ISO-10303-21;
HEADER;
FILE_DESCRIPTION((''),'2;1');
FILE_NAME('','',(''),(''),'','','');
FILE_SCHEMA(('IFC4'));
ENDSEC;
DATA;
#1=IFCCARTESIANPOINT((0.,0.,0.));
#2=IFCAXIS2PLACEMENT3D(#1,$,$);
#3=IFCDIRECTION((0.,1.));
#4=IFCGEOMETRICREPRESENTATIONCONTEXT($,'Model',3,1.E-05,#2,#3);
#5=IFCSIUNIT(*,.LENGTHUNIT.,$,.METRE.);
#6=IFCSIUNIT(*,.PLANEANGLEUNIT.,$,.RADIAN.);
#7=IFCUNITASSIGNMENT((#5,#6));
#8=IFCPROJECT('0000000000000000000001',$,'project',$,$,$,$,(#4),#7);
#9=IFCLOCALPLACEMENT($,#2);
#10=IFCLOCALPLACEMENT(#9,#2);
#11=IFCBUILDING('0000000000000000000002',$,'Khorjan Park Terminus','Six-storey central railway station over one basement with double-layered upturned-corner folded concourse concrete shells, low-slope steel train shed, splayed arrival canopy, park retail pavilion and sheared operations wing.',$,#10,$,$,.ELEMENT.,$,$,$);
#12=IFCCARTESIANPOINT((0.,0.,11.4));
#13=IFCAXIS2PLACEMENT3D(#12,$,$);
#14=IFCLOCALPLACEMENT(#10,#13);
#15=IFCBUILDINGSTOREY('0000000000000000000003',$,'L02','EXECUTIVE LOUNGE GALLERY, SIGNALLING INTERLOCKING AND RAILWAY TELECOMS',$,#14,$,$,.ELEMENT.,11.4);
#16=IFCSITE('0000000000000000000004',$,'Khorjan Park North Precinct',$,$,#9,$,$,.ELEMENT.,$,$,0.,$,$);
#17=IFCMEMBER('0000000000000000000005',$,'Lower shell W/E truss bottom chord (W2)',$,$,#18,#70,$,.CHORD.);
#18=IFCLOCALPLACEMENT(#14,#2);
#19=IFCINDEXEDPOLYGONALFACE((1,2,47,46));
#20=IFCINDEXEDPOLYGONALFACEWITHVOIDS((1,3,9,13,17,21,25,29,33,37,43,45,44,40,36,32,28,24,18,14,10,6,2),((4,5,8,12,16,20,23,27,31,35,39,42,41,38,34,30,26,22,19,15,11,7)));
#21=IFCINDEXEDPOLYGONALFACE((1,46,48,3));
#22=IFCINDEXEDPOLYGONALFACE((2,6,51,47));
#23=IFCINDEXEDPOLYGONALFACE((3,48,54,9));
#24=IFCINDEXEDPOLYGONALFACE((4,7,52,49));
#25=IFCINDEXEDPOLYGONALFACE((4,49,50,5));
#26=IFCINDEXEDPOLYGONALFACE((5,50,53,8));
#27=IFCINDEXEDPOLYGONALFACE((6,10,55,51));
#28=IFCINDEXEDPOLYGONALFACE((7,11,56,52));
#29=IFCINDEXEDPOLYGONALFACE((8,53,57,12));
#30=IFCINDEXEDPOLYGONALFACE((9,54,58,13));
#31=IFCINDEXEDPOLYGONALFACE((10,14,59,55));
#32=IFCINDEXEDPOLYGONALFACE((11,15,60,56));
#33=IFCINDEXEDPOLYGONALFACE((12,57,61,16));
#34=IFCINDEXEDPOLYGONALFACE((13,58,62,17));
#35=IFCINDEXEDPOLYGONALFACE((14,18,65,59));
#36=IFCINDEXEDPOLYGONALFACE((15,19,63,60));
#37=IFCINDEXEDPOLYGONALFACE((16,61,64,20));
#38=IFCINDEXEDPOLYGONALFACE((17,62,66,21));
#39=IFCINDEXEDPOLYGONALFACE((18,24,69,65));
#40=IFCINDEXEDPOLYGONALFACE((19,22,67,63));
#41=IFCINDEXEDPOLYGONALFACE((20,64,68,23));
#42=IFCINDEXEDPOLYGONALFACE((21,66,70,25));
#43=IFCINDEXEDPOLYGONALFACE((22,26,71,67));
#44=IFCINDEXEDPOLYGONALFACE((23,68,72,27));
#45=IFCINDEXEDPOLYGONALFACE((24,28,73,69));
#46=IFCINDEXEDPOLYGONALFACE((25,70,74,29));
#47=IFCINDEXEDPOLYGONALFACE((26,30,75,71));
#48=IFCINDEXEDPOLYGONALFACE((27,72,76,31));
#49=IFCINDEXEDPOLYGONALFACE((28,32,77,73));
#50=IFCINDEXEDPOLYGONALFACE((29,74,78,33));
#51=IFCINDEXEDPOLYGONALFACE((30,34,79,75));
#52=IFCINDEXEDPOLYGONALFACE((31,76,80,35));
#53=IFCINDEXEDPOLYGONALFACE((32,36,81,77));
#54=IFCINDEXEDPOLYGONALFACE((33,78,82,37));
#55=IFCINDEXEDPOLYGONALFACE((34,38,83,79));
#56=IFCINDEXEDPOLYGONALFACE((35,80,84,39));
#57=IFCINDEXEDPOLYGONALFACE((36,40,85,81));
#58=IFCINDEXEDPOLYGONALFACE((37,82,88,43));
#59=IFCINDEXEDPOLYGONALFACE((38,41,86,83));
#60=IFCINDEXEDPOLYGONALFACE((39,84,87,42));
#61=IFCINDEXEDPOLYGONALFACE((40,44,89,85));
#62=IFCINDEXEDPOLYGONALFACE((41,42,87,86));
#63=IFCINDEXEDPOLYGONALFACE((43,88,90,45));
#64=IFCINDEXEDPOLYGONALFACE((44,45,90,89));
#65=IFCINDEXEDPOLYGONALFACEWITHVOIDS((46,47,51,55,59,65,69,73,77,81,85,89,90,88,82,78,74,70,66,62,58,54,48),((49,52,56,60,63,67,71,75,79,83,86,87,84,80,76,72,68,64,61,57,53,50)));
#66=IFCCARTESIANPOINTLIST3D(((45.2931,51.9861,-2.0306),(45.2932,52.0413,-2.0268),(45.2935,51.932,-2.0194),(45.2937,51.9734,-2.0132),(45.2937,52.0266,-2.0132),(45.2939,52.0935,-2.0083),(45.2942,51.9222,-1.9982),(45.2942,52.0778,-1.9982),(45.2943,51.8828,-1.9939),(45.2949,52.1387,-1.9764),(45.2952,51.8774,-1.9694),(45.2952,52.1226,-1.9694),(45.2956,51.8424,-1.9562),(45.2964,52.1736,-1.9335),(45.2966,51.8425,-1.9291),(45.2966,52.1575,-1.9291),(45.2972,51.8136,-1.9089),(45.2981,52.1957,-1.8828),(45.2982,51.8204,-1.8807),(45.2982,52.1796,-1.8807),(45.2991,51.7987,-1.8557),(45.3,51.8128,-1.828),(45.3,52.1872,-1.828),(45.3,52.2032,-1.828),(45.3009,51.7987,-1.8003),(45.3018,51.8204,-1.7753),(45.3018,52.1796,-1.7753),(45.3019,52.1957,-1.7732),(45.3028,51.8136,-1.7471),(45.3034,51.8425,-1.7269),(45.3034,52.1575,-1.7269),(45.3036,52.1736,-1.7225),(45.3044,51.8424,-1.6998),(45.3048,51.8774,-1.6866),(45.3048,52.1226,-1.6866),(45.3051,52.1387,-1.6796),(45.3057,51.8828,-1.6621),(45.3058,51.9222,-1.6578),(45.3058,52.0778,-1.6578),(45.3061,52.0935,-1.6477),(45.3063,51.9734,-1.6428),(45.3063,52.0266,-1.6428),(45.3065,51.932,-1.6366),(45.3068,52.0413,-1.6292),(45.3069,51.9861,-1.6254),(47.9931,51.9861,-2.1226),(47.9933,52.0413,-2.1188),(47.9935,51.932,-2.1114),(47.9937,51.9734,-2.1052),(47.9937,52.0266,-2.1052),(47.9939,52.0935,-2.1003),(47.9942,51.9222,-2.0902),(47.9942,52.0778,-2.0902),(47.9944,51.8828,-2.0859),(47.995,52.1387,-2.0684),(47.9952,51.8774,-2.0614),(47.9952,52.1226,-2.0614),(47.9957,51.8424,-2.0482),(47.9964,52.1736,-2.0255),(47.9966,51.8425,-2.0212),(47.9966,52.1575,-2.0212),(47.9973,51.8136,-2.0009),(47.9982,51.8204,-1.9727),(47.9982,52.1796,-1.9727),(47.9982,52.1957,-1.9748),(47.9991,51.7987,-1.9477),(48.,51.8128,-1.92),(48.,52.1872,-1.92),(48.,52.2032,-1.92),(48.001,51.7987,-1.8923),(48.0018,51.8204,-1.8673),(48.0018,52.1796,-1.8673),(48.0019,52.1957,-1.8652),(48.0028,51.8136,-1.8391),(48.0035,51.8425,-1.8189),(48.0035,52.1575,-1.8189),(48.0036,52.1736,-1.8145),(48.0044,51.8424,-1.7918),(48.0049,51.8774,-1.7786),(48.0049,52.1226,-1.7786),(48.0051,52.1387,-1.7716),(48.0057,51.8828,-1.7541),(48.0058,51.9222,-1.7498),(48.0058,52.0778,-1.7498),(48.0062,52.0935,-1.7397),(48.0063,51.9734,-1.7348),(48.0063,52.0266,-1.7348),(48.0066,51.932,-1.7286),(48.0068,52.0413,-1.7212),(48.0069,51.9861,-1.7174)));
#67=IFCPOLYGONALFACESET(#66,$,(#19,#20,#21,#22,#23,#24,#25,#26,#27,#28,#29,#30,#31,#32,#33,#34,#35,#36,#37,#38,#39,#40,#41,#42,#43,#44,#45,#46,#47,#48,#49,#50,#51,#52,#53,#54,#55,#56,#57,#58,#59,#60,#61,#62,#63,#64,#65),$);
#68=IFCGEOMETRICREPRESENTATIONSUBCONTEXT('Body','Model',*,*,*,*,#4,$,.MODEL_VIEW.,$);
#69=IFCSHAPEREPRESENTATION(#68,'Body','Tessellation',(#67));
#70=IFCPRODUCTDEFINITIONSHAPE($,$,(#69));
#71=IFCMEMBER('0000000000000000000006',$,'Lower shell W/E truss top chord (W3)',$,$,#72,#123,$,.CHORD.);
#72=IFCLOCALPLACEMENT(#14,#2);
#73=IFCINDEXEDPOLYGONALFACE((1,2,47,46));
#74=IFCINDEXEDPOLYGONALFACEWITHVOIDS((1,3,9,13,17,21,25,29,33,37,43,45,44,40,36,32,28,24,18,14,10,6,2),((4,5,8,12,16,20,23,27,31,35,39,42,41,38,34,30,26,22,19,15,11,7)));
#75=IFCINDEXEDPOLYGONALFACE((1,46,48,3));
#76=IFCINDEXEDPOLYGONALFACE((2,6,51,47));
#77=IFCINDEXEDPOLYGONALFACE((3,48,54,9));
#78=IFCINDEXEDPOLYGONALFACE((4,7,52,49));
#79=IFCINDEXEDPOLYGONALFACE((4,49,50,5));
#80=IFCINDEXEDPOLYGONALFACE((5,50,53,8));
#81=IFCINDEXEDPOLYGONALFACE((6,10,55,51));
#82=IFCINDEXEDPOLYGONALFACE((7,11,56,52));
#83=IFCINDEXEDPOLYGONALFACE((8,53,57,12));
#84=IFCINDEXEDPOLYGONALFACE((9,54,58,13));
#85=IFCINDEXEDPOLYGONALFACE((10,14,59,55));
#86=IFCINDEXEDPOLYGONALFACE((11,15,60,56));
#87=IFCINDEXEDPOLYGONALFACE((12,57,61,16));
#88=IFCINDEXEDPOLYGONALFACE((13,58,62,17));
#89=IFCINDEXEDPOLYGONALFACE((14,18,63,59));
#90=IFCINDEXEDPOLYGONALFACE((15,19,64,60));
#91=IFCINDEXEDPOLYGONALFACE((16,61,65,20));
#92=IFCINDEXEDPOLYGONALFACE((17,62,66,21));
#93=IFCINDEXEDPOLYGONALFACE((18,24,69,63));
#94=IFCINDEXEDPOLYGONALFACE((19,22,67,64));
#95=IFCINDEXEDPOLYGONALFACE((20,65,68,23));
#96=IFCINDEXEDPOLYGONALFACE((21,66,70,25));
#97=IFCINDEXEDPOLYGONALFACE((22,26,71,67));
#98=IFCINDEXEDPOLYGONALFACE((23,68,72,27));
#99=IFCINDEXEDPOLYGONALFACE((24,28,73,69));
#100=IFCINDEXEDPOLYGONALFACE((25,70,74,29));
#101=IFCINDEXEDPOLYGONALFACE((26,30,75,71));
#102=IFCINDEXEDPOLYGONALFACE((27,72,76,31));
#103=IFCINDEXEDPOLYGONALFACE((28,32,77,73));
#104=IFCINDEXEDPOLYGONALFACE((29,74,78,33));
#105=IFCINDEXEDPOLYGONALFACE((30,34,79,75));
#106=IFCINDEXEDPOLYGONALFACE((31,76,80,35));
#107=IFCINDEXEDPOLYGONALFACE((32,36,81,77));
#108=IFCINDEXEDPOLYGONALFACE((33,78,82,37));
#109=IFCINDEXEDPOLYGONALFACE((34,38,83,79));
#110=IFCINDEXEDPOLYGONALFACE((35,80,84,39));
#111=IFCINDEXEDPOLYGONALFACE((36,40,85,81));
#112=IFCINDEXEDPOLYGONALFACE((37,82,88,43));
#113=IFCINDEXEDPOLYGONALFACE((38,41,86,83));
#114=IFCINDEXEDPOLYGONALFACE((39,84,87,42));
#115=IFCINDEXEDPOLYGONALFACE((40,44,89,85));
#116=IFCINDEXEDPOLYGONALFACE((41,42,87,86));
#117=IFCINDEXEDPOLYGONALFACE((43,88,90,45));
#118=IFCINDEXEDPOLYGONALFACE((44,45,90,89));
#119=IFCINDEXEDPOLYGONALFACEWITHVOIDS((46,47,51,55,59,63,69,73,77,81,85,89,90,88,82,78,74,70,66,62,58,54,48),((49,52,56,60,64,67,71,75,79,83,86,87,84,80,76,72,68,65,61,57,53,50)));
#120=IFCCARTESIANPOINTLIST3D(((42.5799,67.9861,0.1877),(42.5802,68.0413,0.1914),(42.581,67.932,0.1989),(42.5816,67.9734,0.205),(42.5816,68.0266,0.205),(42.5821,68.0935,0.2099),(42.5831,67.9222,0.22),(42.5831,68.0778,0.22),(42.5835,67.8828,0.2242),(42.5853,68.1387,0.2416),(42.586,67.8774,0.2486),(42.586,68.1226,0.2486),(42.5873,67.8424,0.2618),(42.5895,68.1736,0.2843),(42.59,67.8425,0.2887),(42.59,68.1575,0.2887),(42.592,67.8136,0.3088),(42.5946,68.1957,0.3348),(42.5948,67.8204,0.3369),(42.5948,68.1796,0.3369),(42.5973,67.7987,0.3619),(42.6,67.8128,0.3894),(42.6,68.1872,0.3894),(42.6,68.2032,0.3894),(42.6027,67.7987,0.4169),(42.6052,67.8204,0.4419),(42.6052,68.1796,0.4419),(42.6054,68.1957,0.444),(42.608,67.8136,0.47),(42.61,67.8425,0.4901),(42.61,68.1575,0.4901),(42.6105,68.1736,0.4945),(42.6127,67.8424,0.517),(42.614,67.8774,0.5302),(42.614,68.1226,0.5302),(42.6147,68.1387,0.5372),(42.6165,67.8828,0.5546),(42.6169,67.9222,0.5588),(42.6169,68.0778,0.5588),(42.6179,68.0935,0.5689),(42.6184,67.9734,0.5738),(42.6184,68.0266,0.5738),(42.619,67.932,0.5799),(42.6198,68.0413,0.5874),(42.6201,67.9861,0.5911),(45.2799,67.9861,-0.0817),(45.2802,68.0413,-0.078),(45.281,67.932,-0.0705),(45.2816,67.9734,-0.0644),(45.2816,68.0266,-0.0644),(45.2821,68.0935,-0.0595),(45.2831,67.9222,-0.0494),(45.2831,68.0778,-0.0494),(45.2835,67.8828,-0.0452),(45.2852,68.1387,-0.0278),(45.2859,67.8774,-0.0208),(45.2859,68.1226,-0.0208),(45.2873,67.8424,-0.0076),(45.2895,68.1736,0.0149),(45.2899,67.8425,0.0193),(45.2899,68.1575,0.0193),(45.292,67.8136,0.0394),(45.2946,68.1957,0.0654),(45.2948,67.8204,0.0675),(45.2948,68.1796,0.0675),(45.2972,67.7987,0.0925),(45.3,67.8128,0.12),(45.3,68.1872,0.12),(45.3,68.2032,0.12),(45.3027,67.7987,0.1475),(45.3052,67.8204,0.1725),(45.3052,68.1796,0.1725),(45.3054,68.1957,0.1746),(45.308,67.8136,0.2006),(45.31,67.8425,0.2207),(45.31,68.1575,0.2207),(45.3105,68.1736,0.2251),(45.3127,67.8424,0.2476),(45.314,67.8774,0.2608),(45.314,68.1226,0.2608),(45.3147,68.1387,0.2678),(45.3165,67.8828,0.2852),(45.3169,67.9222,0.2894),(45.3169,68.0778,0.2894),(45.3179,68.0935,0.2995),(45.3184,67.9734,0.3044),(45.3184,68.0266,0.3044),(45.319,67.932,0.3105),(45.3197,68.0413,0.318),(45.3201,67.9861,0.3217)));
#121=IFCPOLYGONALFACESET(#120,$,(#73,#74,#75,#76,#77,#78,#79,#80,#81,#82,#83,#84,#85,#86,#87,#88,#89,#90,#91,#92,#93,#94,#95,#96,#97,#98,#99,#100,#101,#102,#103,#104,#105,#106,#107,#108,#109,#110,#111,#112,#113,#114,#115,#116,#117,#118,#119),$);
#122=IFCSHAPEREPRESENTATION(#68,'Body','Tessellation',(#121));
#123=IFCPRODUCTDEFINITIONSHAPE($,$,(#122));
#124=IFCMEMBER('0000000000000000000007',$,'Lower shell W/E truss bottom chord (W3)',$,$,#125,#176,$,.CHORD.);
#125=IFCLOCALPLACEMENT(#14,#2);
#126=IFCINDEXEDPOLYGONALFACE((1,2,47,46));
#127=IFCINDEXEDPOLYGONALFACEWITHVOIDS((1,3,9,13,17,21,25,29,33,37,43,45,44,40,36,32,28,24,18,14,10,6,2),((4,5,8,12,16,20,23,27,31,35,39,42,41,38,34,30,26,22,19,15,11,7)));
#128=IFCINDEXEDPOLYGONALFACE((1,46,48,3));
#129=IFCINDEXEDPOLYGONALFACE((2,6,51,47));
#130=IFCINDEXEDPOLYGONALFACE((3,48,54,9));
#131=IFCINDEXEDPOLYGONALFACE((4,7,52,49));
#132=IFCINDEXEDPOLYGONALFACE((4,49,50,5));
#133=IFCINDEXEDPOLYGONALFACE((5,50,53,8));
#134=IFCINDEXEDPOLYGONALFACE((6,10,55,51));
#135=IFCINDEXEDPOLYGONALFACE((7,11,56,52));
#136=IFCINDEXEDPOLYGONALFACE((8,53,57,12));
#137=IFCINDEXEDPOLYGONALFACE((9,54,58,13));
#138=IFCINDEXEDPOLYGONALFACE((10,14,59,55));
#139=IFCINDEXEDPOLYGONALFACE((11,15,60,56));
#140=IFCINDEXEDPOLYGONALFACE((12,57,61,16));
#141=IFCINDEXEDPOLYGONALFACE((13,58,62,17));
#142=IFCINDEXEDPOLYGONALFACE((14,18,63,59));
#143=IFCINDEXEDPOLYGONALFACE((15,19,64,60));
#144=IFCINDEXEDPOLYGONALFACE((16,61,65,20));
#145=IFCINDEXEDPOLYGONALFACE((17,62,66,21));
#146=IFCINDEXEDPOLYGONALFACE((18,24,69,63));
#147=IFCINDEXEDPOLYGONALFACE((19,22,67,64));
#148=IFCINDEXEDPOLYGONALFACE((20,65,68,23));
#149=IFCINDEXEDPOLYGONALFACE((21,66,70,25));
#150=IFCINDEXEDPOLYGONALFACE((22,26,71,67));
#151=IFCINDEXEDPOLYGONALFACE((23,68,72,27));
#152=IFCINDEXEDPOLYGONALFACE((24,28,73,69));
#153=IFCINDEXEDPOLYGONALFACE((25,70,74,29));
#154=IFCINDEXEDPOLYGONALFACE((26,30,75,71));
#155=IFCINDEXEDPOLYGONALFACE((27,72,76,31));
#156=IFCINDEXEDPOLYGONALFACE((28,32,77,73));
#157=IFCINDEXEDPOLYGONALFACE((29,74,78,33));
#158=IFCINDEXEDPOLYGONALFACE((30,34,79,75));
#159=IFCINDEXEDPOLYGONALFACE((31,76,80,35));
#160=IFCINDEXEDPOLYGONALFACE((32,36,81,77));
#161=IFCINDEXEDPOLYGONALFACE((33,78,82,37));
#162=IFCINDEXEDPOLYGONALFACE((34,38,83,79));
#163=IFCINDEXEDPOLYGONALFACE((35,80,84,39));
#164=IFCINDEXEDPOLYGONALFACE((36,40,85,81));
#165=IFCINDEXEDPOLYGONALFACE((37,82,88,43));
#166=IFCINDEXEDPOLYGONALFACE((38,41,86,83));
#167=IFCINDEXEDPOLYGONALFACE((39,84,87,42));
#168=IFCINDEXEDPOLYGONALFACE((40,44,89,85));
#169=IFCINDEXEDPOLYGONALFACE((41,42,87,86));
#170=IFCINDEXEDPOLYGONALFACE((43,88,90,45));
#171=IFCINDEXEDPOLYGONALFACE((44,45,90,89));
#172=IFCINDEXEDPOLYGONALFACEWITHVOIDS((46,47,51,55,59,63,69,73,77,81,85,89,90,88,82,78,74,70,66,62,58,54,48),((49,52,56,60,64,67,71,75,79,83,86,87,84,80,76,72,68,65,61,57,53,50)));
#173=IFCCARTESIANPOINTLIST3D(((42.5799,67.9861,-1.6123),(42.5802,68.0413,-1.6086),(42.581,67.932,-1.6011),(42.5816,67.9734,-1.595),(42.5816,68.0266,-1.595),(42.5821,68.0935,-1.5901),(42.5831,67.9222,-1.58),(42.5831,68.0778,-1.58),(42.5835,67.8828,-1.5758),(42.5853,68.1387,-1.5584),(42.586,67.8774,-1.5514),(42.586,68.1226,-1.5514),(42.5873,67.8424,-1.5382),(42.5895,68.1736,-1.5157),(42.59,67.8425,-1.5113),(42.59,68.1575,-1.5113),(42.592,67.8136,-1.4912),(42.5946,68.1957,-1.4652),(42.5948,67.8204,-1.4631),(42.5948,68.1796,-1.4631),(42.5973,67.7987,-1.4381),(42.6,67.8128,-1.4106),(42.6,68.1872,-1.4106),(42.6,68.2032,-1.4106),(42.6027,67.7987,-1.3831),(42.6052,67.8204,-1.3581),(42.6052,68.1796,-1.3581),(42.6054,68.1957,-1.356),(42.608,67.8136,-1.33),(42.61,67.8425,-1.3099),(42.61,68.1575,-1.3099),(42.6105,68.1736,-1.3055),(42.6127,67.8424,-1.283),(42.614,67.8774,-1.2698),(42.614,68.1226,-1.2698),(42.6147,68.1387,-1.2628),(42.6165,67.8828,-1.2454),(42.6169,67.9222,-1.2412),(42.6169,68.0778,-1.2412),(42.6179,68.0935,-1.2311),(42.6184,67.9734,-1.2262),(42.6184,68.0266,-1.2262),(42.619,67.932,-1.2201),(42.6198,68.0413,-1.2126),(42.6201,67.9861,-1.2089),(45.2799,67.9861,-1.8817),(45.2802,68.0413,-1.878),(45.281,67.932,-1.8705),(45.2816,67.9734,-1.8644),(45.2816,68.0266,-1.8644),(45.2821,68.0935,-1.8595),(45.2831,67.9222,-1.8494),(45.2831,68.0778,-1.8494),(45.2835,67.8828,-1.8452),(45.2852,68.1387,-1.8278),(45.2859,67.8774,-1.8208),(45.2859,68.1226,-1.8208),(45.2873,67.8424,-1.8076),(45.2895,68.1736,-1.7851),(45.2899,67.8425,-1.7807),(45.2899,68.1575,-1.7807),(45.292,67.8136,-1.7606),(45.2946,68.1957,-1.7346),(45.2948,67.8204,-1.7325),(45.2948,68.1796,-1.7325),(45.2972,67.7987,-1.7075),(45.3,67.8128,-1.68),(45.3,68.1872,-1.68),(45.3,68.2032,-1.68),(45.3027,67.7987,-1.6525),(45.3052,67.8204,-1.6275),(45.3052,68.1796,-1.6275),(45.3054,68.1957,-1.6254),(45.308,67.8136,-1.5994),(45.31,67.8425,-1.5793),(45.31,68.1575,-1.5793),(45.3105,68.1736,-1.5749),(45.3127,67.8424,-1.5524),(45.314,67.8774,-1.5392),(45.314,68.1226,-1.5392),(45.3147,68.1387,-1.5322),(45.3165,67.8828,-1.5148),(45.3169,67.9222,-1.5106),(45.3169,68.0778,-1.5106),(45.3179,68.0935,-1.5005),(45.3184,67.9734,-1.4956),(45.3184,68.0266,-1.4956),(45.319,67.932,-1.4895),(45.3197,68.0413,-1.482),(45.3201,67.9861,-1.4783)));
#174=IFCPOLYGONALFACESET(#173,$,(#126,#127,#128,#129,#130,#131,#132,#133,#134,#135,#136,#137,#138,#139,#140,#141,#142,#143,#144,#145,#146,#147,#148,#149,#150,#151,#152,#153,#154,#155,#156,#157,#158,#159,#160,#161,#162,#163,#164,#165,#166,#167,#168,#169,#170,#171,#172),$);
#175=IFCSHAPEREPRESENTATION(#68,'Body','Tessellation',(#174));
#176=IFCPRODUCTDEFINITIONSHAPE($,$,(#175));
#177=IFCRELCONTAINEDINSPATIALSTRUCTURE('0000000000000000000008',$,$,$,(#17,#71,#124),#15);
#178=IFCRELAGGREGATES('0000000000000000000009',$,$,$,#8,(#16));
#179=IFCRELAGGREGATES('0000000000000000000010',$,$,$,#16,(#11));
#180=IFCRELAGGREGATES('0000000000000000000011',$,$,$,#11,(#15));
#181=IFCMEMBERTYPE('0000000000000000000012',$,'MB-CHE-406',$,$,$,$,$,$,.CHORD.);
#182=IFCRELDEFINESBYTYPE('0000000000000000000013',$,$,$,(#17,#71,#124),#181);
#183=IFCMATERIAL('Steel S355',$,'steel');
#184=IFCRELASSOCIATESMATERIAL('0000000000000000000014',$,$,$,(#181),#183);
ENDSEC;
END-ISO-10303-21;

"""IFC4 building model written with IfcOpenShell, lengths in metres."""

from ifc_helpers import new_model, si_unit, direction, frame, origin, origin_2d, place, context, subcontext, project, spatial, hollow_circle, extrude, material, material_profile, profile_set, type_object, element, save


model = new_model("IFC4")

# Units and contexts
model_context = context("Model", 3, precision=1e-05, world=origin(), true_north=direction((0.0, 1.0)))
body_context = subcontext(model_context, "Body", "Model", "MODEL_VIEW")
ifc_project = project(units=[si_unit("LENGTHUNIT", "METRE"), si_unit("PLANEANGLEUNIT", "RADIAN")], contexts=[model_context])

# Site, building, storey
site_placement = place(None, origin())
site = spatial("IfcSite", under=ifc_project, at=site_placement, Name="Khorjan Park North Precinct", CompositionType="ELEMENT", RefElevation=0.0)
building_placement = place(site_placement, origin())
building = spatial("IfcBuilding", under=site, at=building_placement, Name="Khorjan Park Terminus", Description="Six-storey central railway station over one basement with double-layered upturned-corner folded concourse concrete shells, low-slope steel train shed, splayed arrival canopy, park retail pavilion and sheared operations wing.", CompositionType="ELEMENT")
storey_placement = place(building_placement, frame((0.0, 0.0, 11.4)))
storey = spatial("IfcBuildingStorey", under=building, at=storey_placement, Name="L02", Description="EXECUTIVE LOUNGE GALLERY, SIGNALLING INTERLOCKING AND RAILWAY TELECOMS", CompositionType="ELEMENT", Elevation=11.4)

# Members
ifc_material_1 = material(Name="Steel S355", Category="steel")
ifc_material_profile_1 = material_profile(ifc_material_1, hollow_circle(Radius=0.2032, WallThickness=0.016, at=origin_2d()), Name="CHS 406.4x16")
ifc_profile_set_1 = profile_set([ifc_material_profile_1], Name="Steel S355")
member_type_1 = type_object("IfcMemberType", Name="MB-CHE-406", PredefinedType="CHORD", material=ifc_profile_set_1)
member_1_placement = place(storey_placement, frame((45.3, 52.0, -1.828), z_axis=(0.99942, 0.0, -0.034054), x_axis=(0.0, 1.0, 0.0)))
element("IfcMember", 1, at=member_1_placement, inside=storey, type_object=member_type_1, Name="Lower shell W/E truss bottom chord (W2)", PredefinedType="CHORD", context=body_context, shape_type="SweptSolid", body=[
    extrude(hollow_circle(Radius=0.2032, WallThickness=0.016, at=origin_2d()), origin(), (0.0, 0.0, 1.0), 2.7016),
])
for number, where, z_axis, x_axis, name in (
    (2, (42.6, 68.0, 0.3894), (0.995059, 0.0, -0.099285), (0.0, 1.0, 0.0), "Lower shell W/E truss top chord (W3)"),
    (3, (42.6, 68.0, -1.4106), (0.995059, 0.0, -0.099285), (0.0, 1.0, 0.0), "Lower shell W/E truss bottom chord (W3)"),
):
    element("IfcMember", number, at=place(storey_placement, frame(where, z_axis=z_axis, x_axis=x_axis)), inside=storey, type_object=member_type_1, Name=name, PredefinedType="CHORD", context=body_context, shape_type="SweptSolid", body=[
        extrude(hollow_circle(Radius=0.2032, WallThickness=0.016, at=origin_2d()), origin(), (0.0, 0.0, 1.0), 2.7134),
    ])

save(model, "model.ifc")
